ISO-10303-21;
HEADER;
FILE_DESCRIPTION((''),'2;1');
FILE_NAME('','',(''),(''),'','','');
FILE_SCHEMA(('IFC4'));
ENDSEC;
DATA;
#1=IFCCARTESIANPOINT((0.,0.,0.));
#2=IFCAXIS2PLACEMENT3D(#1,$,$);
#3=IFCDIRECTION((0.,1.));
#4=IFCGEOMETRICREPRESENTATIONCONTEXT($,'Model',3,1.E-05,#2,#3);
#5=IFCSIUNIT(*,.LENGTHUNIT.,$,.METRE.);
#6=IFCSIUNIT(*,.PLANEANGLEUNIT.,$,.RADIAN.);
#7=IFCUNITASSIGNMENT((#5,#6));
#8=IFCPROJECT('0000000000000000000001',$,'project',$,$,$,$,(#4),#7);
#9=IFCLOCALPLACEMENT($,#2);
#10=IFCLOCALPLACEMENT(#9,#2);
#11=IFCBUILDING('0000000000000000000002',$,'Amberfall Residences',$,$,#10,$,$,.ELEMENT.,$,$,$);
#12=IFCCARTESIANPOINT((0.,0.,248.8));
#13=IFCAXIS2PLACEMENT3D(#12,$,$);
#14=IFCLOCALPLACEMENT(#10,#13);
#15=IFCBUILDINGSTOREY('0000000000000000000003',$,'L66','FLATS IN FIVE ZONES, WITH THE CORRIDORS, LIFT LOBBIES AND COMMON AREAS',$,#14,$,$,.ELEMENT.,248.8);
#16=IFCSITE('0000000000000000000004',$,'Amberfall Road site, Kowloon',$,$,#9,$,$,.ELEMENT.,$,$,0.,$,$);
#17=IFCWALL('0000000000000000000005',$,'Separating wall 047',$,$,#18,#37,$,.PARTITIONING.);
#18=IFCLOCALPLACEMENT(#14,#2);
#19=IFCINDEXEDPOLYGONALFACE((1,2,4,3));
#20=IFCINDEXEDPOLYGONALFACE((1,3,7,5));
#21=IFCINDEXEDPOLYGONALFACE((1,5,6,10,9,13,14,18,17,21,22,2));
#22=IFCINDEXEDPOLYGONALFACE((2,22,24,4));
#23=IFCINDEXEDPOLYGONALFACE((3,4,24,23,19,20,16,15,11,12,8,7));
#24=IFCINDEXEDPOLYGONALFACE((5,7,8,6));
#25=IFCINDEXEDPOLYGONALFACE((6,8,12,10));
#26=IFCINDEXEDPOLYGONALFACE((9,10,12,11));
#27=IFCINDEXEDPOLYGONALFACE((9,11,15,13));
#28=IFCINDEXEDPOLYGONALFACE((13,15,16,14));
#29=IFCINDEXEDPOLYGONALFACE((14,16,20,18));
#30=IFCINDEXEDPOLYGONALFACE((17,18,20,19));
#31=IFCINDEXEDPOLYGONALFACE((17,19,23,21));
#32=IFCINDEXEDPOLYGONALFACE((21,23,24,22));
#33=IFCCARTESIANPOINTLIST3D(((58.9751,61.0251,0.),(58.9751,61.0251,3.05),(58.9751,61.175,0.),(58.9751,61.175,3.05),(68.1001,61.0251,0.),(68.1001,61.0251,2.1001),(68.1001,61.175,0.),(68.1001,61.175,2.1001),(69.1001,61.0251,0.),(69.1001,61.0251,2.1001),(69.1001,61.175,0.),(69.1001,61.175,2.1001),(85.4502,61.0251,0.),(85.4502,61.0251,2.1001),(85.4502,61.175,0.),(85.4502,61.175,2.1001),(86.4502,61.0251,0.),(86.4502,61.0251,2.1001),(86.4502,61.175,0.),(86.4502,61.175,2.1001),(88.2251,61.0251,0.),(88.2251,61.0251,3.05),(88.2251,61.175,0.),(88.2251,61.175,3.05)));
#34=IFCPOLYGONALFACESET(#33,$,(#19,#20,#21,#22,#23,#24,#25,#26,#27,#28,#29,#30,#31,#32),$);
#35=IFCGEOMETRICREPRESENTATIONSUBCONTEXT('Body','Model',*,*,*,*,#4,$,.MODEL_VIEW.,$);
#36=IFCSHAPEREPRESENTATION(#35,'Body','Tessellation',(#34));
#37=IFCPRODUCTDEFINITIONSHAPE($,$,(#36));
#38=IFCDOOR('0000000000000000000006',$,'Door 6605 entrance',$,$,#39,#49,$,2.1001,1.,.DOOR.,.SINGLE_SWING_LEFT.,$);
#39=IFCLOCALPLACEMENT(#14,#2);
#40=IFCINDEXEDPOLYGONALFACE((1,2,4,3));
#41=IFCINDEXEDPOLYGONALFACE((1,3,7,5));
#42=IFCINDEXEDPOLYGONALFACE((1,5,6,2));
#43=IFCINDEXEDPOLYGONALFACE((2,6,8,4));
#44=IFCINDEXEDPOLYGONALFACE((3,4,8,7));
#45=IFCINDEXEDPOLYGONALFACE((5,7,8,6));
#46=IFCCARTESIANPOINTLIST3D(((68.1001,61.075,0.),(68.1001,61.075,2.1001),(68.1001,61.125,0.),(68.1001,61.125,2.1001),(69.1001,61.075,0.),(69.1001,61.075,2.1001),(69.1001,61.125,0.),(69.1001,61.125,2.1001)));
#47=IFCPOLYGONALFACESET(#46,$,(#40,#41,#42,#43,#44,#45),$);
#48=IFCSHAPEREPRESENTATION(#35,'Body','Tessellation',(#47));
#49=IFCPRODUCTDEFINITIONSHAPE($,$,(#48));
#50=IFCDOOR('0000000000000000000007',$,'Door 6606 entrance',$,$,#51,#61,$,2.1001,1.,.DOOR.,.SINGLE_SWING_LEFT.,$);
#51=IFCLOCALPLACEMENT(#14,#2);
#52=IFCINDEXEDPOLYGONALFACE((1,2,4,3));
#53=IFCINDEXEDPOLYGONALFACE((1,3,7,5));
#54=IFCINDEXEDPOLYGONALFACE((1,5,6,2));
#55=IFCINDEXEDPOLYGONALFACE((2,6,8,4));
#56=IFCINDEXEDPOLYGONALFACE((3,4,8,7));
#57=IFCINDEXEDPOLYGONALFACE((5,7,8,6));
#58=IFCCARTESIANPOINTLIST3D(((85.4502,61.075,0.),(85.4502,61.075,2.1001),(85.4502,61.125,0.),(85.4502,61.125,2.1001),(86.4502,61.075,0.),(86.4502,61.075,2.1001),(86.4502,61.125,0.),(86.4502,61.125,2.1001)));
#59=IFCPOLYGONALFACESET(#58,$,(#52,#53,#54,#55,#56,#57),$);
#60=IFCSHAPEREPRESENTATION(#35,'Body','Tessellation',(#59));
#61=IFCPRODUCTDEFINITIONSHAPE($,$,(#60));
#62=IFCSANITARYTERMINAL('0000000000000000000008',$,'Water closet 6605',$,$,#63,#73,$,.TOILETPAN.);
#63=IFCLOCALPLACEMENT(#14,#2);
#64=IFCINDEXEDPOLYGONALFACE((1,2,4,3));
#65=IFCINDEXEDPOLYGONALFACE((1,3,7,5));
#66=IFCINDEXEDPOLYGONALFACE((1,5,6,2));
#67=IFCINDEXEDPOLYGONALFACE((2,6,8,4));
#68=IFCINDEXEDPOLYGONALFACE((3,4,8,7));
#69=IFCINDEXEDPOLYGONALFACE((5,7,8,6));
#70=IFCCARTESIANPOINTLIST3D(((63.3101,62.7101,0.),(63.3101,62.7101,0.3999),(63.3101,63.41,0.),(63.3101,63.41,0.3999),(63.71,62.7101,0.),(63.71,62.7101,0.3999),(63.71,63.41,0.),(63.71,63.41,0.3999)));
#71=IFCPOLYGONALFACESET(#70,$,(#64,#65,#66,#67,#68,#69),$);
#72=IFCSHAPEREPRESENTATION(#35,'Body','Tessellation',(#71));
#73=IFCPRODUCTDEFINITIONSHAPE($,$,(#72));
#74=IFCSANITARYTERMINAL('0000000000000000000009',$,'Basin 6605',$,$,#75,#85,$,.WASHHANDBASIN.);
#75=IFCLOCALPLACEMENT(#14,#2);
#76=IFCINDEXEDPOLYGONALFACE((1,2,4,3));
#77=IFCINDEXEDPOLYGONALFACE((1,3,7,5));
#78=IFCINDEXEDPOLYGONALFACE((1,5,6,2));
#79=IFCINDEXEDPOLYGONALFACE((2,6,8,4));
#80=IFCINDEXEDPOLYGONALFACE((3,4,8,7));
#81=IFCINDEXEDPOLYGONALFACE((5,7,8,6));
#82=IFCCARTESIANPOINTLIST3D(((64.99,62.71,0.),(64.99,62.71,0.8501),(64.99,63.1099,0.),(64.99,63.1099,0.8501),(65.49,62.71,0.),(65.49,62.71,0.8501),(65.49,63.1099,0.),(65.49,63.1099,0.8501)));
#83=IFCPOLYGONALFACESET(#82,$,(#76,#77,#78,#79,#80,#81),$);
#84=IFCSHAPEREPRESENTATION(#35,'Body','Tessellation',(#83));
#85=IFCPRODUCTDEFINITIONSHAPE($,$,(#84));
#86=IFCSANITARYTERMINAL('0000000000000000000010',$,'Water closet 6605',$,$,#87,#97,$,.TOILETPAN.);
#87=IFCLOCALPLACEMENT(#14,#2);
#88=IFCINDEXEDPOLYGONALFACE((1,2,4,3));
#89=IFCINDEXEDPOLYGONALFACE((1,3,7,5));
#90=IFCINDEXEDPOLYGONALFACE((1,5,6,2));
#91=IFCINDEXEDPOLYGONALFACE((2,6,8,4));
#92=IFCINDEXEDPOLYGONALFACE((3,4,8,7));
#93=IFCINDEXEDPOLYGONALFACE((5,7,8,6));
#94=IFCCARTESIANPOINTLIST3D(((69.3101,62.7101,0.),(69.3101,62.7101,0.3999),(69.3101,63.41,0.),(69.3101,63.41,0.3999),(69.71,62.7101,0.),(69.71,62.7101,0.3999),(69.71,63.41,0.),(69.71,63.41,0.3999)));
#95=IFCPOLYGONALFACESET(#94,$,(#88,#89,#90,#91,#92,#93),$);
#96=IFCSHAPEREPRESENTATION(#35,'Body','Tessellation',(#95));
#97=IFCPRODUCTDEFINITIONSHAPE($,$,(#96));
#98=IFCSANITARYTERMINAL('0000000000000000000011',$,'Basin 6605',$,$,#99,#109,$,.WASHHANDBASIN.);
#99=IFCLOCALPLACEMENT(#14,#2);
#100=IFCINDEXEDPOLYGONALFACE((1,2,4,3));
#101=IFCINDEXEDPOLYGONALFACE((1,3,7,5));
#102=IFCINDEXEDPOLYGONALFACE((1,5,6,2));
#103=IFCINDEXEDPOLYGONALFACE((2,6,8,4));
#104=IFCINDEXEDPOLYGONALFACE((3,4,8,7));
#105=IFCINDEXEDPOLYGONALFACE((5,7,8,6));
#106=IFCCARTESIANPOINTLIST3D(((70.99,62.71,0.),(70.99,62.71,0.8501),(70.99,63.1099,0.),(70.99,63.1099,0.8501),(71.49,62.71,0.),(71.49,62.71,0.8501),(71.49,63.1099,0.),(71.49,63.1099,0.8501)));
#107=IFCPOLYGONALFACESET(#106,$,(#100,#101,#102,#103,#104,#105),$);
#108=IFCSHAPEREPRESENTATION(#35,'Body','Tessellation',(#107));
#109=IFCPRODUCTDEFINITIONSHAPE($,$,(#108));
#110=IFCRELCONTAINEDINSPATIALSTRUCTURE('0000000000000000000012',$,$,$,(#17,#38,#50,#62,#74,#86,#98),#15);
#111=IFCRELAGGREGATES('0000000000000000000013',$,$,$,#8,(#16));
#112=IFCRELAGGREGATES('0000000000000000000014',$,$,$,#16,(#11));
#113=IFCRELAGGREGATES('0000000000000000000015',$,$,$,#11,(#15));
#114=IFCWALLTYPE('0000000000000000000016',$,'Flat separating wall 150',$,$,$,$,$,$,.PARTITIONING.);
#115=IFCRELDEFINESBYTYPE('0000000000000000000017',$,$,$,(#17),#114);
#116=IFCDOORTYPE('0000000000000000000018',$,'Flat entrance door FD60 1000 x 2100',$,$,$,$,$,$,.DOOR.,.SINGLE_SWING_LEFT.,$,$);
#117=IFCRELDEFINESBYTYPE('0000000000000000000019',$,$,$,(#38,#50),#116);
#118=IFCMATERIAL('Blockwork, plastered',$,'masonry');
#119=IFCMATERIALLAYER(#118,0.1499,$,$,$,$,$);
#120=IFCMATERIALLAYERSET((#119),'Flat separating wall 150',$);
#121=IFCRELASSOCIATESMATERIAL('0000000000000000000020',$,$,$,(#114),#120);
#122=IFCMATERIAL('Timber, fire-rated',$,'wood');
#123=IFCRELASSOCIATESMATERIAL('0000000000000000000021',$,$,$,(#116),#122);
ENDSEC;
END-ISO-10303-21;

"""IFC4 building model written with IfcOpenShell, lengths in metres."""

from ifc_helpers import new_model, si_unit, direction, frame, frame_2d, origin, origin_2d, place, context, subcontext, project, spatial, rectangle, extrude, material, layer, layer_set, type_object, element, fill, save


model = new_model("IFC4")

# Units and contexts
model_context = context("Model", 3, precision=1e-05, world=origin(), true_north=direction((0.0, 1.0)))
body_context = subcontext(model_context, "Body", "Model", "MODEL_VIEW")
ifc_project = project(units=[si_unit("LENGTHUNIT", "METRE"), si_unit("PLANEANGLEUNIT", "RADIAN")], contexts=[model_context])

# Site, building, storey
site_placement = place(None, origin())
site = spatial("IfcSite", under=ifc_project, at=site_placement, Name="Amberfall Road site, Kowloon", CompositionType="ELEMENT", RefElevation=0.0)
building_placement = place(site_placement, origin())
building = spatial("IfcBuilding", under=site, at=building_placement, Name="Amberfall Residences", CompositionType="ELEMENT")
storey_placement = place(building_placement, frame((0.0, 0.0, 248.8)))
storey = spatial("IfcBuildingStorey", under=building, at=storey_placement, Name="L66", Description="FLATS IN FIVE ZONES, WITH THE CORRIDORS, LIFT LOBBIES AND COMMON AREAS", CompositionType="ELEMENT", Elevation=248.8)

# Shared definitions
ifc_material_1 = material(Name="Blockwork, plastered", Category="masonry")
ifc_layer_1 = layer(ifc_material_1, 0.1499)
ifc_layer_set_1 = layer_set([ifc_layer_1], Name="Flat separating wall 150")
wall_type_1 = type_object("IfcWallType", Name="Flat separating wall 150", PredefinedType="PARTITIONING", material=ifc_layer_set_1)

# Wall, openings, doors
wall_1_placement = place(storey_placement, frame((58.9751, 61.1001, 0.0), z_axis=(0.0, 0.0, 1.0), x_axis=(1.0, 0.0, 0.0)))
wall_1 = element("IfcWall", 1, at=wall_1_placement, inside=storey, type_object=wall_type_1, Name="Separating wall 047", PredefinedType="PARTITIONING", context=body_context, shape_type="SweptSolid", body=[
    extrude(rectangle(XDim=29.25, YDim=0.1499, at=frame_2d((14.625, 0.0))), origin(), (0.0, 0.0, 1.0), 3.05),
])
opening_1_placement = place(wall_1_placement, frame((9.125, 0.0, 0.0)))
opening_1 = element("IfcOpeningElement", 2, at=opening_1_placement, cuts=wall_1, PredefinedType="OPENING", context=body_context, shape_type="SweptSolid", body=[
    extrude(rectangle(XDim=1.0, YDim=2.1001, at=frame_2d((0.5, 1.05))), frame((0.0, 0.085, 0.0), z_axis=(0.0, -1.0, 0.0), x_axis=(1.0, 0.0, 0.0)), (0.0, 0.0, 1.0), 0.1699),
])
opening_2_placement = place(wall_1_placement, frame((26.4751, 0.0, 0.0)))
opening_2 = element("IfcOpeningElement", 3, at=opening_2_placement, cuts=wall_1, PredefinedType="OPENING", context=body_context, shape_type="SweptSolid", body=[
    extrude(rectangle(XDim=1.0, YDim=2.1001, at=frame_2d((0.5, 1.05))), frame((0.0, 0.085, 0.0), z_axis=(0.0, -1.0, 0.0), x_axis=(1.0, 0.0, 0.0)), (0.0, 0.0, 1.0), 0.1699),
])
ifc_material_2 = material(Name="Timber, fire-rated", Category="wood")
door_type_1 = type_object("IfcDoorType", Name="Flat entrance door FD60 1000 x 2100", OperationType="SINGLE_SWING_LEFT", PredefinedType="DOOR", material=ifc_material_2)
door_1_placement = place(opening_1_placement, origin())
door_1 = element("IfcDoor", 4, at=door_1_placement, inside=storey, type_object=door_type_1, Name="Door 6605 entrance", OperationType="SINGLE_SWING_LEFT", OverallHeight=2.1001, OverallWidth=1.0, PredefinedType="DOOR", context=body_context, shape_type="SweptSolid", body=[
    extrude(rectangle(XDim=1.0, YDim=2.1001, at=frame_2d((0.5, 1.05))), frame((0.0, 0.0249, 0.0), z_axis=(0.0, -1.0, 0.0), x_axis=(1.0, 0.0, 0.0)), (0.0, 0.0, 1.0), 0.05),
])
fill(opening_1, door_1)
door_2_placement = place(opening_2_placement, origin())
door_2 = element("IfcDoor", 5, at=door_2_placement, inside=storey, type_object=door_type_1, Name="Door 6606 entrance", OperationType="SINGLE_SWING_LEFT", OverallHeight=2.1001, OverallWidth=1.0, PredefinedType="DOOR", context=body_context, shape_type="SweptSolid", body=[
    extrude(rectangle(XDim=1.0, YDim=2.1001, at=frame_2d((0.5, 1.05))), frame((0.0, 0.0249, 0.0), z_axis=(0.0, -1.0, 0.0), x_axis=(1.0, 0.0, 0.0)), (0.0, 0.0, 1.0), 0.05),
])
fill(opening_2, door_2)

# Sanitary terminals
sanitary_terminal_1_placement = place(storey_placement, frame((63.51, 63.0601, 0.0), z_axis=(0.0, 0.0, 1.0), x_axis=(1.0, 0.0, 0.0)))
element("IfcSanitaryTerminal", 6, at=sanitary_terminal_1_placement, inside=storey, Name="Water closet 6605", PredefinedType="TOILETPAN", context=body_context, shape_type="SweptSolid", body=[
    extrude(rectangle(XDim=0.3999, YDim=0.7, at=origin_2d()), origin(), (0.0, 0.0, 1.0), 0.3999),
])
sanitary_terminal_2_placement = place(storey_placement, frame((65.24, 62.9099, 0.0), z_axis=(0.0, 0.0, 1.0), x_axis=(1.0, 0.0, 0.0)))
element("IfcSanitaryTerminal", 7, at=sanitary_terminal_2_placement, inside=storey, Name="Basin 6605", PredefinedType="WASHHANDBASIN", context=body_context, shape_type="SweptSolid", body=[
    extrude(rectangle(XDim=0.5, YDim=0.3999, at=origin_2d()), origin(), (0.0, 0.0, 1.0), 0.8501),
])
sanitary_terminal_3_placement = place(storey_placement, frame((69.51, 63.0601, 0.0), z_axis=(0.0, 0.0, 1.0), x_axis=(1.0, 0.0, 0.0)))
element("IfcSanitaryTerminal", 8, at=sanitary_terminal_3_placement, inside=storey, Name="Water closet 6605", PredefinedType="TOILETPAN", context=body_context, shape_type="SweptSolid", body=[
    extrude(rectangle(XDim=0.3999, YDim=0.7, at=origin_2d()), origin(), (0.0, 0.0, 1.0), 0.3999),
])
sanitary_terminal_4_placement = place(storey_placement, frame((71.24, 62.9099, 0.0), z_axis=(0.0, 0.0, 1.0), x_axis=(1.0, 0.0, 0.0)))
element("IfcSanitaryTerminal", 9, at=sanitary_terminal_4_placement, inside=storey, Name="Basin 6605", PredefinedType="WASHHANDBASIN", context=body_context, shape_type="SweptSolid", body=[
    extrude(rectangle(XDim=0.5, YDim=0.3999, at=origin_2d()), origin(), (0.0, 0.0, 1.0), 0.8501),
])

save(model, "model.ifc")
